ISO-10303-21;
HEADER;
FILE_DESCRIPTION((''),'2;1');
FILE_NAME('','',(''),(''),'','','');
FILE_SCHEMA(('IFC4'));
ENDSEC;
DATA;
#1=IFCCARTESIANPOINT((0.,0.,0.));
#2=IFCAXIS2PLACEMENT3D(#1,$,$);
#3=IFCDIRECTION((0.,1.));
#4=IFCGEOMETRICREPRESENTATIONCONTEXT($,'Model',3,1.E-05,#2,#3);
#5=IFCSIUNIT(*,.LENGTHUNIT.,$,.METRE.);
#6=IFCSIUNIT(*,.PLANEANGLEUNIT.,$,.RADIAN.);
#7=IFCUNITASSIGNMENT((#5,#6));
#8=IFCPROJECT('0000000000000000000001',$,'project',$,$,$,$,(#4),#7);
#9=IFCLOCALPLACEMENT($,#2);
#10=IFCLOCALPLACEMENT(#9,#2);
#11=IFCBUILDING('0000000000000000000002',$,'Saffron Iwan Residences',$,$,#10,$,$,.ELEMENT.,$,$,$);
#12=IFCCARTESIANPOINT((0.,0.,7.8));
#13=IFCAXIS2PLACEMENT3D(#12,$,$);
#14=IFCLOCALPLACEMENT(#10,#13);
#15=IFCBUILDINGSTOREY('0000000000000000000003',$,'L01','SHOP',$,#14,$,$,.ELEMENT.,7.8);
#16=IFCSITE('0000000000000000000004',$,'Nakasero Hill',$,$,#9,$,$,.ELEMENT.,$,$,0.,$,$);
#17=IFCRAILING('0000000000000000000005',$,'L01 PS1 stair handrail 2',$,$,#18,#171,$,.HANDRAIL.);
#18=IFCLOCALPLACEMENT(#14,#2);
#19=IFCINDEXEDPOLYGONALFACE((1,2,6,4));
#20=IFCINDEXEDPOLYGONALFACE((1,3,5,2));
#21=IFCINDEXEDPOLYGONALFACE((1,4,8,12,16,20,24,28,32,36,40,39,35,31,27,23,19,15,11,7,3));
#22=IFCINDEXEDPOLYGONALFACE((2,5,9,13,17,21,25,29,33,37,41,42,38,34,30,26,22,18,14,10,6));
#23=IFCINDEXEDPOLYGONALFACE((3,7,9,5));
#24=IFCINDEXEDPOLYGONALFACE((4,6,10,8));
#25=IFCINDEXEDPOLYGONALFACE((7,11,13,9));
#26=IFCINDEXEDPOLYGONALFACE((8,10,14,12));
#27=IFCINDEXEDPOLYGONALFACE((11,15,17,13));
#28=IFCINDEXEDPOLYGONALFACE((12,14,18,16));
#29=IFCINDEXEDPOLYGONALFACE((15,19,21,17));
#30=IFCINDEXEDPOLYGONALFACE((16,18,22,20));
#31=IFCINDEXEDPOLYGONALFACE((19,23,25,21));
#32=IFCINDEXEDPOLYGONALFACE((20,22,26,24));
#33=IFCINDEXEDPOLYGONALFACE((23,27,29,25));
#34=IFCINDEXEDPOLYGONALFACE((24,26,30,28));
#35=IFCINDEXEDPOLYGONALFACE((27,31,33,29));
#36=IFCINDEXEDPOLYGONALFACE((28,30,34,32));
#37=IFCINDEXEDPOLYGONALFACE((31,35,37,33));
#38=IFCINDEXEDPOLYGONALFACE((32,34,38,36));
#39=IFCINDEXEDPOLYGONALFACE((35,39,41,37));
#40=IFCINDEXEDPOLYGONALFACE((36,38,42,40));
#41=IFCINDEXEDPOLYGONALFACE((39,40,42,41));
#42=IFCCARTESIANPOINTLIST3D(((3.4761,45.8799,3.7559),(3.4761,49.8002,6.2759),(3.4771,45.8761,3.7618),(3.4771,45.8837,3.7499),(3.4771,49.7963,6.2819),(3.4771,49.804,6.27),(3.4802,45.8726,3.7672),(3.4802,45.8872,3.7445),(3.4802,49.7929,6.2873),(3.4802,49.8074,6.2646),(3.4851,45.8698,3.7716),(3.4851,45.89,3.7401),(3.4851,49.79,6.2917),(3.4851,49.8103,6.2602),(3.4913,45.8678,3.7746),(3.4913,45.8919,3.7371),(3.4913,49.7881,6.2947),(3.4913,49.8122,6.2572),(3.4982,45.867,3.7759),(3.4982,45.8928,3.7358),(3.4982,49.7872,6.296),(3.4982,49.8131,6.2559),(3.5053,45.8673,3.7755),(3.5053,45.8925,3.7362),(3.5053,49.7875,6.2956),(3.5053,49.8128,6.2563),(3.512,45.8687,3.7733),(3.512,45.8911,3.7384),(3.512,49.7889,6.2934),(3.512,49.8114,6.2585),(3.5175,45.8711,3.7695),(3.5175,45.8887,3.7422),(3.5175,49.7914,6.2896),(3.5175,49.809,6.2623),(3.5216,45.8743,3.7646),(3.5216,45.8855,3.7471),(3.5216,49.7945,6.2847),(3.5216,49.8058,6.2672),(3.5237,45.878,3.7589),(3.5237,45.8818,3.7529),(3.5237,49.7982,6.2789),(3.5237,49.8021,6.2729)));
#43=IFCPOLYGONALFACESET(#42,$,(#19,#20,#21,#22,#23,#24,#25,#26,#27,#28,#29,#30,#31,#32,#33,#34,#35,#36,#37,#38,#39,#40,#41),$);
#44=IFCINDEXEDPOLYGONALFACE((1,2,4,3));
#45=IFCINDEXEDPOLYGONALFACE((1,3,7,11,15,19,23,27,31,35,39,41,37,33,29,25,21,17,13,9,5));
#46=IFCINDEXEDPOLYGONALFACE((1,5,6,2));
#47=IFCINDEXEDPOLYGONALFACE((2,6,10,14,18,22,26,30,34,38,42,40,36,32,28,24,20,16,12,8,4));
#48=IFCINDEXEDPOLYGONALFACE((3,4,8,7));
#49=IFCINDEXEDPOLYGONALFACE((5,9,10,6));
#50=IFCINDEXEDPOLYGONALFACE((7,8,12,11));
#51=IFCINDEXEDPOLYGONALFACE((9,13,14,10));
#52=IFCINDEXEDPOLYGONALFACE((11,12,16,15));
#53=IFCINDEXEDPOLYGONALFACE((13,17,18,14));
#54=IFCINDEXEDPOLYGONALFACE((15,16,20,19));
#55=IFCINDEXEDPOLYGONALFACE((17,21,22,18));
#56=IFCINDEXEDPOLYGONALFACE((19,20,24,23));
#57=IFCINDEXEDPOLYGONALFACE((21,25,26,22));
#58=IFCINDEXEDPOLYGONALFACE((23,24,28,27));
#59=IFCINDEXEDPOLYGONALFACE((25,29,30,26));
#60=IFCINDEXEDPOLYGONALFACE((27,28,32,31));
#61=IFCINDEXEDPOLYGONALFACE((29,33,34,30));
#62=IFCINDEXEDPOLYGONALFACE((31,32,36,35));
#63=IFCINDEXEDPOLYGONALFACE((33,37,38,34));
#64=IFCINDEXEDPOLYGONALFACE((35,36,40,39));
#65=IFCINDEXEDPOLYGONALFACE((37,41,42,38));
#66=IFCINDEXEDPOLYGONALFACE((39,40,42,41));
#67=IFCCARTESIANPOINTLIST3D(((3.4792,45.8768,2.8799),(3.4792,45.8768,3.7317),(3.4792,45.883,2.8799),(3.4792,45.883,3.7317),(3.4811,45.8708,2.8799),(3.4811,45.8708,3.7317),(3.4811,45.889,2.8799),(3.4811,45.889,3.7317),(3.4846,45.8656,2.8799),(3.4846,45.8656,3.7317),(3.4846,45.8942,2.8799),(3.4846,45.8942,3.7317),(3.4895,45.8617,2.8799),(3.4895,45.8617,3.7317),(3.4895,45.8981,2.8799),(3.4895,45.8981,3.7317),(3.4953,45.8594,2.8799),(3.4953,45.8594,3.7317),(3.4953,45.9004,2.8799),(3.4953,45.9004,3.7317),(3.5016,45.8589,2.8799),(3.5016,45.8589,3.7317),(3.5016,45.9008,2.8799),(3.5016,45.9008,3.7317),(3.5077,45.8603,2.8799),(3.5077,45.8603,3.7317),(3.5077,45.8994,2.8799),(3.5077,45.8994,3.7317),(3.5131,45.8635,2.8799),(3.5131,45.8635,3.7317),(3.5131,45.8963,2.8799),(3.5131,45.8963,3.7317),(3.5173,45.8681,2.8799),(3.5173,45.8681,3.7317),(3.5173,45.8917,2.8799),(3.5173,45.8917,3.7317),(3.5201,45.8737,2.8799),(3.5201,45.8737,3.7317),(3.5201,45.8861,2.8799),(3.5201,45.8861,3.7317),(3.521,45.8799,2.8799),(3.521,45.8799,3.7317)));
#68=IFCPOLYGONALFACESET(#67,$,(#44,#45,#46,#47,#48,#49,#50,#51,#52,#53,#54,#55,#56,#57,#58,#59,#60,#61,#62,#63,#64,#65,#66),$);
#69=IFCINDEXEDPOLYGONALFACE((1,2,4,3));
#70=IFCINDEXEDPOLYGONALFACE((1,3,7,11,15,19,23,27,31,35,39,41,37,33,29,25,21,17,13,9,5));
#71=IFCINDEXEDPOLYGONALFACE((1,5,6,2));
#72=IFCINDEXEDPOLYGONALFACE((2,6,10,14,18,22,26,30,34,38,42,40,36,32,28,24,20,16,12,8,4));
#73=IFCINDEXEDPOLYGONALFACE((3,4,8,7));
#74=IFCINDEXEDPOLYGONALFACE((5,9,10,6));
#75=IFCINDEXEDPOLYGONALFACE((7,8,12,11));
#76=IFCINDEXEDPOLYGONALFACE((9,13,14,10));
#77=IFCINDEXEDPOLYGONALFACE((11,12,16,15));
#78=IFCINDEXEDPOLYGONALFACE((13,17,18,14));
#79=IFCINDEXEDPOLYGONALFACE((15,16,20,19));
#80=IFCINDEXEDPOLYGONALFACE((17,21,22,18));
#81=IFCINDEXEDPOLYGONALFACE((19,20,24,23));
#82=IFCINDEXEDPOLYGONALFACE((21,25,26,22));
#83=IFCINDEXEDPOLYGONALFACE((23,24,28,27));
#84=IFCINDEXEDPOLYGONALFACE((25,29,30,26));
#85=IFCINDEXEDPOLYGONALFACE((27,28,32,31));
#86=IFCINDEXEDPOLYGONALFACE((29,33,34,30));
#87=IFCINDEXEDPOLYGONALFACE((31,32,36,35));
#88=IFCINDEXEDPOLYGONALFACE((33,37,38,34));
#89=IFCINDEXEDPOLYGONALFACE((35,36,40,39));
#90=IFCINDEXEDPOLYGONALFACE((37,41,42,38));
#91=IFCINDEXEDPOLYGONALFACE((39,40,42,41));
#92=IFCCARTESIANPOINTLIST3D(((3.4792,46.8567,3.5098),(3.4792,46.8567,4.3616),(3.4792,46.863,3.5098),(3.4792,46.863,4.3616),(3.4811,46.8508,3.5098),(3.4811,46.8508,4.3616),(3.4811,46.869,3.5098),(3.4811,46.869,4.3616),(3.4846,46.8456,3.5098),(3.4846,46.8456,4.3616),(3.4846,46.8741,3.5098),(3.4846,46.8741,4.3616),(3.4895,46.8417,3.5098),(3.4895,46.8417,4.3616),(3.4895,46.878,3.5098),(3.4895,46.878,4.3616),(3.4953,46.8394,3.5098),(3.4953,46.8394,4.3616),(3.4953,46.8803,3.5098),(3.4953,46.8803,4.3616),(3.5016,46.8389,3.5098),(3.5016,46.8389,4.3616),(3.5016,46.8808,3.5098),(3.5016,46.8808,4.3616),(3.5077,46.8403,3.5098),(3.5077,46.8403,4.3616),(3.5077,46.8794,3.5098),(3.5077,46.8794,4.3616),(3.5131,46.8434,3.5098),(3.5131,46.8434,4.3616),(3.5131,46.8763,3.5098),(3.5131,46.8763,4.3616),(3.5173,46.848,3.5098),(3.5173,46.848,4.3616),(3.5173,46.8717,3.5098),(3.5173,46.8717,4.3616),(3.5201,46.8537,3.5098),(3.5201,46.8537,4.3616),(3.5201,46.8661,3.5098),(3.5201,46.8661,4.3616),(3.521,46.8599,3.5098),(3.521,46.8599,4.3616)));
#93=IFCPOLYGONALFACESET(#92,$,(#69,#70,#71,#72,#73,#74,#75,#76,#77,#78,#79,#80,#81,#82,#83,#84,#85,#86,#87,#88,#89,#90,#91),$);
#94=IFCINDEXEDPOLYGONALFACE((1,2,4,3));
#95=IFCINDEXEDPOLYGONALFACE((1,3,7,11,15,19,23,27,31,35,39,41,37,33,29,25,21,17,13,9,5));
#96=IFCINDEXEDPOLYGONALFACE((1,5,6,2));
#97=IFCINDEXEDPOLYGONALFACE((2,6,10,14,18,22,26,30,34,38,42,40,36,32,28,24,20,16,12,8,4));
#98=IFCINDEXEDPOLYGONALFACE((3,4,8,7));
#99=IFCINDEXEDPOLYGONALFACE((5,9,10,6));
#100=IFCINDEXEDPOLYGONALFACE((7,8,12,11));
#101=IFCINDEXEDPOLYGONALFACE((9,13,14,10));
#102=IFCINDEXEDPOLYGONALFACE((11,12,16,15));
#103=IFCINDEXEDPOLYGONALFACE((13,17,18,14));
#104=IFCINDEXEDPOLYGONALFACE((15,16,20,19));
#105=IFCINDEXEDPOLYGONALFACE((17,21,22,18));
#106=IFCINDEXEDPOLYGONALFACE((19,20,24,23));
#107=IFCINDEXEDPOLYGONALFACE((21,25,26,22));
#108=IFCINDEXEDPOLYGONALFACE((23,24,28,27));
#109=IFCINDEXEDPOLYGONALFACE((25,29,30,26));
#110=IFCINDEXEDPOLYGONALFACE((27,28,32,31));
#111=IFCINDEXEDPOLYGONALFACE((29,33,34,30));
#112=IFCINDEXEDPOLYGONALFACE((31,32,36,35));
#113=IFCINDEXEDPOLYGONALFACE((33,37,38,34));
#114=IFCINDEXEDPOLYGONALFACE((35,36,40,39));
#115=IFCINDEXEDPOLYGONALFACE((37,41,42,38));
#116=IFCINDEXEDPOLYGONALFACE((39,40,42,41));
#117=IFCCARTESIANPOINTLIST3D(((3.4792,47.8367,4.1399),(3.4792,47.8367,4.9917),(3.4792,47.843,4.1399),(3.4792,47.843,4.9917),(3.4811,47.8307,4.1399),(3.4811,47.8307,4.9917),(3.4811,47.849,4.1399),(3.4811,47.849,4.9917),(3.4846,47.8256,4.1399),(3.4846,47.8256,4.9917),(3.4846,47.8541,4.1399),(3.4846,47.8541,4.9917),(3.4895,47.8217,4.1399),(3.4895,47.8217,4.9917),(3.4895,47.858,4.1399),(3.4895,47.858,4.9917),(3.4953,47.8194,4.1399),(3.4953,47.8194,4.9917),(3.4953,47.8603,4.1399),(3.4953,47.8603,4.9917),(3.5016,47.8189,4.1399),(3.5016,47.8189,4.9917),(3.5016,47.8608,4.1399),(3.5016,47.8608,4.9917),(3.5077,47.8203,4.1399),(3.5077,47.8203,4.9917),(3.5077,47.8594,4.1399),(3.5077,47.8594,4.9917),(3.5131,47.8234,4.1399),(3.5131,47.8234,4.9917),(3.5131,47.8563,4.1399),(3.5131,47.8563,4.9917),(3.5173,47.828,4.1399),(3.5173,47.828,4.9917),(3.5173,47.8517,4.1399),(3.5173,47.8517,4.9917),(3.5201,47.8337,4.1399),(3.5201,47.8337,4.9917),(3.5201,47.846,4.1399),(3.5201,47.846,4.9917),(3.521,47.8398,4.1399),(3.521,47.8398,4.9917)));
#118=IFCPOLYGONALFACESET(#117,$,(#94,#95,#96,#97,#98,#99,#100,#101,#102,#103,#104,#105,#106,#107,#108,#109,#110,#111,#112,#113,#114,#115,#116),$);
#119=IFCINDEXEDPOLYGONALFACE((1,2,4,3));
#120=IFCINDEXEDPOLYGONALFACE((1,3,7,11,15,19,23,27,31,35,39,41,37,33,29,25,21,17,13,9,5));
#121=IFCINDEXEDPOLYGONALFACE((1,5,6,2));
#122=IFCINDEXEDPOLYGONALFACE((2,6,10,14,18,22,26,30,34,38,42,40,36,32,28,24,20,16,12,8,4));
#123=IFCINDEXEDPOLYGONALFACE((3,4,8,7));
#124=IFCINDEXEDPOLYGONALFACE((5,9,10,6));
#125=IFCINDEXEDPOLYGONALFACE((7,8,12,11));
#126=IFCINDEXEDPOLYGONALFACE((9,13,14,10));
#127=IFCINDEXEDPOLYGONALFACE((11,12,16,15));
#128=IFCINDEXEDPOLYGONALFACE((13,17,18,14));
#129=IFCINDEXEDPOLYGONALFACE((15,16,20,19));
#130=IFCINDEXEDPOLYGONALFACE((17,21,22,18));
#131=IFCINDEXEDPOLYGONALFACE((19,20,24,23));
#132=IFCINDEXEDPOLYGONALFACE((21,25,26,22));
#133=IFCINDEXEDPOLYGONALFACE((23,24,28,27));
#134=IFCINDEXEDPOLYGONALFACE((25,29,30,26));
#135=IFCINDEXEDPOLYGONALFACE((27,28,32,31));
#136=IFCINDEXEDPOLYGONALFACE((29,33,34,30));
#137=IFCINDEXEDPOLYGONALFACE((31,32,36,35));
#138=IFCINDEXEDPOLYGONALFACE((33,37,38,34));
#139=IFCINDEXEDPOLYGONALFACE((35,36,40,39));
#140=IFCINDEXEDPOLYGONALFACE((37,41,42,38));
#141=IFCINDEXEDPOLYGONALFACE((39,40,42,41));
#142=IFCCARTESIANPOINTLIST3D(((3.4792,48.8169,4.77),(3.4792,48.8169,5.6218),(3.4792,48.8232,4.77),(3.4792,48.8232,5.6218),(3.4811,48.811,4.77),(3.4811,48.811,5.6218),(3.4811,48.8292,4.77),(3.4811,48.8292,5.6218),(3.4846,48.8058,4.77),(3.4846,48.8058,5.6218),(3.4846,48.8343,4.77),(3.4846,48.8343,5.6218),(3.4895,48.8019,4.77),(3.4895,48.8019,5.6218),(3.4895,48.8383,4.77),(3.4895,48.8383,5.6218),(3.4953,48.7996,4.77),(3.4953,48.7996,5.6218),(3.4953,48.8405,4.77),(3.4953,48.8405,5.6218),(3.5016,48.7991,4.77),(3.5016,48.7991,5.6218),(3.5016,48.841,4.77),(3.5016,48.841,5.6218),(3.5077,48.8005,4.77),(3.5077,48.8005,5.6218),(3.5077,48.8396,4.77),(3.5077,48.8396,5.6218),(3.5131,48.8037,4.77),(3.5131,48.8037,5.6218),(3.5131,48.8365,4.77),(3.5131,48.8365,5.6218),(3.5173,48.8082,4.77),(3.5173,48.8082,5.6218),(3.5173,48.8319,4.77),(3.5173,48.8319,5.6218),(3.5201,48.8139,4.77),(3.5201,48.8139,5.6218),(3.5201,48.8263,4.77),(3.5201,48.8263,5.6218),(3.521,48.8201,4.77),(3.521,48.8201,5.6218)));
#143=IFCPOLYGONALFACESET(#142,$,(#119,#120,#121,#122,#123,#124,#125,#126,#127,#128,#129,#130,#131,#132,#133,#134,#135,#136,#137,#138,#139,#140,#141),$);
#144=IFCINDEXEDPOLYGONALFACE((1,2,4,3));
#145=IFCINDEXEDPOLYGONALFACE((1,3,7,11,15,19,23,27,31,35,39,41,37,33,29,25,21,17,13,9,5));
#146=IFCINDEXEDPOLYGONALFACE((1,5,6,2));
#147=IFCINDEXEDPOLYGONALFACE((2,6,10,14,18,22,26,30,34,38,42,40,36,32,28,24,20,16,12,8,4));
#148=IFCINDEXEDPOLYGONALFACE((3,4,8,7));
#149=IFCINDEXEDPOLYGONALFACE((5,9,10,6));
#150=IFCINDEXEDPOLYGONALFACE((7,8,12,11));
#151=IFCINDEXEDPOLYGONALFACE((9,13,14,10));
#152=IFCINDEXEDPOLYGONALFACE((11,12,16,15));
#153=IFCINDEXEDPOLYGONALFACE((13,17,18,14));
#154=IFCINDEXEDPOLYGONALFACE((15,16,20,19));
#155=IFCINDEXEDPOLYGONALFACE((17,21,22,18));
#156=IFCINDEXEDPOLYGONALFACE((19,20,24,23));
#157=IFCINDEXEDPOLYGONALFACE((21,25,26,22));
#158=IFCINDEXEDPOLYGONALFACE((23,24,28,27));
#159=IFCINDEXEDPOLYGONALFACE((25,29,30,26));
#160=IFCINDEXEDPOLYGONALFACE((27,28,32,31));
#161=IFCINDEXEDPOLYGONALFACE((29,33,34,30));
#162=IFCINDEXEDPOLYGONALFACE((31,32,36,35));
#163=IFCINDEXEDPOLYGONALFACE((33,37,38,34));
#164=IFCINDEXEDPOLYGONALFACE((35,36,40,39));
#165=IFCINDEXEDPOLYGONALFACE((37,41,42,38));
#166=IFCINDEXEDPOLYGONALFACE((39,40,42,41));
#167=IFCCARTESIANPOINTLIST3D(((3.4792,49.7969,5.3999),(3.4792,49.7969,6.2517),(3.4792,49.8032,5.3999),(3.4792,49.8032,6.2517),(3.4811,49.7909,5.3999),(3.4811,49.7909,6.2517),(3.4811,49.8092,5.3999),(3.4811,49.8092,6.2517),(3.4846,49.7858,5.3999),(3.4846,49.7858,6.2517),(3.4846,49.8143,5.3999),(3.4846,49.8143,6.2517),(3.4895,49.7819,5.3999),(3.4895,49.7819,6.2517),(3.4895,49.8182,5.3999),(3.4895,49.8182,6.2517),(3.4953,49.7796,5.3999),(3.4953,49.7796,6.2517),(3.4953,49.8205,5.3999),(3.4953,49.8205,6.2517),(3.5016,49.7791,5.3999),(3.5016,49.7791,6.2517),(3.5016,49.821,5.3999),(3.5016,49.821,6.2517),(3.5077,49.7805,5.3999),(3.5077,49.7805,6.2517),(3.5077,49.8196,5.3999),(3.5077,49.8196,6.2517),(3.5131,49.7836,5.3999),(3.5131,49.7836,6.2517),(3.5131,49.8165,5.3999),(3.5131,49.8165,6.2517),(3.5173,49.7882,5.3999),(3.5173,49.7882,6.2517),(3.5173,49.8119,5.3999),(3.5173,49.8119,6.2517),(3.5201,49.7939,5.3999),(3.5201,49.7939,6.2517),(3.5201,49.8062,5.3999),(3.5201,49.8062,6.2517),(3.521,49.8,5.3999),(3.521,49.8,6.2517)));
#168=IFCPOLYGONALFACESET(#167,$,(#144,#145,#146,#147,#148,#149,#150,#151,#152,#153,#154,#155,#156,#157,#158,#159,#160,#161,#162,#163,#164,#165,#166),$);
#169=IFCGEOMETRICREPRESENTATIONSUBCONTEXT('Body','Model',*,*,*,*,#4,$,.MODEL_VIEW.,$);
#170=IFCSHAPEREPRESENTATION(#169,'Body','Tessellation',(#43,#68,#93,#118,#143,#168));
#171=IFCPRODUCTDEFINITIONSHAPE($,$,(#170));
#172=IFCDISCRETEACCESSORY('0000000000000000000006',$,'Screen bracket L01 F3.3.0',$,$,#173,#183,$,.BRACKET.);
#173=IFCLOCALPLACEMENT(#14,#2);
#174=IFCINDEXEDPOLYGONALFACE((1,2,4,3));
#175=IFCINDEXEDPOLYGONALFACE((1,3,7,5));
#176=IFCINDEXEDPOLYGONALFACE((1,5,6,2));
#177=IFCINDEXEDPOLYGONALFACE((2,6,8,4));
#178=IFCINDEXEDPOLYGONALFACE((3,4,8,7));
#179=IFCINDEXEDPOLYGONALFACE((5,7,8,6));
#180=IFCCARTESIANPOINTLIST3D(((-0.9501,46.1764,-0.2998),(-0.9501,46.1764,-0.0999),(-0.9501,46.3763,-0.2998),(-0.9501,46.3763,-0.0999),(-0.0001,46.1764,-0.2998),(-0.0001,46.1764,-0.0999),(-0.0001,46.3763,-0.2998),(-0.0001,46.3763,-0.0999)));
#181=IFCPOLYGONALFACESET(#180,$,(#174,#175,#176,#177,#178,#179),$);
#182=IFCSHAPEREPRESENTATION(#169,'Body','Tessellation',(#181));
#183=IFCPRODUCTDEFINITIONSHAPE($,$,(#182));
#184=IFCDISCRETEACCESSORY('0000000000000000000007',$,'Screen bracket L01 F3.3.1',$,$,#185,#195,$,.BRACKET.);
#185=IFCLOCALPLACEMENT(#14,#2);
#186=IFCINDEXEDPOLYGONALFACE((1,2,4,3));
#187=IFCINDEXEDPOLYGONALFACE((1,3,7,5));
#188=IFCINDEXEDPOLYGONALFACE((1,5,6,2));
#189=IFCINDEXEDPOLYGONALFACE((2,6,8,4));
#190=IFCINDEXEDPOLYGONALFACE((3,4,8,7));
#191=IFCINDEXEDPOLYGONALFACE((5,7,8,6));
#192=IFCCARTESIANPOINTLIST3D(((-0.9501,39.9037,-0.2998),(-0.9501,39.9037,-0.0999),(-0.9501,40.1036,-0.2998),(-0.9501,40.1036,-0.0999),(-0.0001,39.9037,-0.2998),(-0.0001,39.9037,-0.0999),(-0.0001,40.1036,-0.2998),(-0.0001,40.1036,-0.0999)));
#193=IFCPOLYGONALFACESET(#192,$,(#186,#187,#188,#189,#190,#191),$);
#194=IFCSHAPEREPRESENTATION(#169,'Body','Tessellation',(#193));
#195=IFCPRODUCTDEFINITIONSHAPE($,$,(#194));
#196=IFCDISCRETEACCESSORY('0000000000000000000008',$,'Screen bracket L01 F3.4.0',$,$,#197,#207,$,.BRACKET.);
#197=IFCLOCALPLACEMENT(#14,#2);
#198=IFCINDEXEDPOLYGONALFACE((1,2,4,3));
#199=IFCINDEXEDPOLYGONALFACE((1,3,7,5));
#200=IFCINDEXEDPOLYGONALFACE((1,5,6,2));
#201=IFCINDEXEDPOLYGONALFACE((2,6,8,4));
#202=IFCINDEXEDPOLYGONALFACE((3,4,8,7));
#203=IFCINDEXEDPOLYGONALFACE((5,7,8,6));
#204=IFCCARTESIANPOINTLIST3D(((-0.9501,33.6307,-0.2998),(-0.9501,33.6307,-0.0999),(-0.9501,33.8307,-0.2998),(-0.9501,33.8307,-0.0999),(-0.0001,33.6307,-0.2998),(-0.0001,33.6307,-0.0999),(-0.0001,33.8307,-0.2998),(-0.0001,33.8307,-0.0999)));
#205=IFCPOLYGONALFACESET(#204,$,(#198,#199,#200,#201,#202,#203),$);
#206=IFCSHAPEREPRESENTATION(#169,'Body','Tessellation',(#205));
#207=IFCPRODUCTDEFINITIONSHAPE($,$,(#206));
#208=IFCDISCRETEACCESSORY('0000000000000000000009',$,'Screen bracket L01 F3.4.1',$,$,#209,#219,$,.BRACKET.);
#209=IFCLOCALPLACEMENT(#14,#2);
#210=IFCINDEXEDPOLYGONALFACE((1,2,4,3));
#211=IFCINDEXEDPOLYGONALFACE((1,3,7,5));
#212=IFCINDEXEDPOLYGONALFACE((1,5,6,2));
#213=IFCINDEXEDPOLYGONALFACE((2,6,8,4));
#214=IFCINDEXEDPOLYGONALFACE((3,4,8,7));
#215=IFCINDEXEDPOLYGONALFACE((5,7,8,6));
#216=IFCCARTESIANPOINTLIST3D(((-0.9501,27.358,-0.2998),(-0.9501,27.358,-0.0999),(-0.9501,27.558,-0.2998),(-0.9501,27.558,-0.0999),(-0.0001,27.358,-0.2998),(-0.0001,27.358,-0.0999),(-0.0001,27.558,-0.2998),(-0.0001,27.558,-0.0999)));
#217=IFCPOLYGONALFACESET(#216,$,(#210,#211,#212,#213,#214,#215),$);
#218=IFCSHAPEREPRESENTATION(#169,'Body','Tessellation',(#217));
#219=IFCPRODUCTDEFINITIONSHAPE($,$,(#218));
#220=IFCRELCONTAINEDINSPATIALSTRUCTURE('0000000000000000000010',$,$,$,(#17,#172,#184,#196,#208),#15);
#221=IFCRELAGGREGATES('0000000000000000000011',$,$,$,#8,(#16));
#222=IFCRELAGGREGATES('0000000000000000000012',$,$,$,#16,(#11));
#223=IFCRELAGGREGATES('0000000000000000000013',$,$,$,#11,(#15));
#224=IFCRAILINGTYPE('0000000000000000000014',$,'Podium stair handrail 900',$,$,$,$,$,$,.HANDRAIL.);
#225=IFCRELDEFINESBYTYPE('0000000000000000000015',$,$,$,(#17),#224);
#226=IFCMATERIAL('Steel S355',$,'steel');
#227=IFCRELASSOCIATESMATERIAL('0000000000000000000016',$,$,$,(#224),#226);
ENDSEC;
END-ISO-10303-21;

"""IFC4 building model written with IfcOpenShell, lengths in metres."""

from ifc_helpers import new_model, si_unit, direction, frame, origin, origin_2d, place, context, subcontext, project, spatial, rectangle, circle, extrude, source, transform, mapped, material, type_object, element, save


model = new_model("IFC4")

# Units and contexts
model_context = context("Model", 3, precision=1e-05, world=origin(), true_north=direction((0.0, 1.0)))
body_context = subcontext(model_context, "Body", "Model", "MODEL_VIEW")
ifc_project = project(units=[si_unit("LENGTHUNIT", "METRE"), si_unit("PLANEANGLEUNIT", "RADIAN")], contexts=[model_context])

# Site, building, storey
site_placement = place(None, origin())
site = spatial("IfcSite", under=ifc_project, at=site_placement, Name="Nakasero Hill", CompositionType="ELEMENT", RefElevation=0.0)
building_placement = place(site_placement, origin())
building = spatial("IfcBuilding", under=site, at=building_placement, Name="Saffron Iwan Residences", CompositionType="ELEMENT")
storey_placement = place(building_placement, frame((0.0, 0.0, 7.8)))
storey = spatial("IfcBuildingStorey", under=building, at=storey_placement, Name="L01", Description="SHOP", CompositionType="ELEMENT", Elevation=7.8)

# Railing
ifc_material_1 = material(Name="Steel S355", Category="steel")
railing_type_1 = type_object("IfcRailingType", Name="Podium stair handrail 900", PredefinedType="HANDRAIL", material=ifc_material_1)
railing_1_placement = place(storey_placement, frame((3.5, 45.8799, 2.8799)))
element("IfcRailing", 1, at=railing_1_placement, inside=storey, type_object=railing_type_1, Name="L01 PS1 stair handrail 2", PredefinedType="HANDRAIL", context=body_context, shape_type="SweptSolid", body=[
    extrude(circle(Radius=0.0239, at=origin_2d()), frame((0.0, 0.0, 0.876), z_axis=(0.0, 0.841187, 0.540744), x_axis=(-1.0, 0.0, 0.0)), (0.0, 0.0, 1.0), 4.6604),
    extrude(circle(Radius=0.021, at=origin_2d()), origin(), (0.0, 0.0, 1.0), 0.8518),
    extrude(circle(Radius=0.021, at=origin_2d()), frame((0.0, 0.98, 0.6299)), (0.0, 0.0, 1.0), 0.8518),
    extrude(circle(Radius=0.021, at=origin_2d()), frame((0.0, 1.96, 1.26)), (0.0, 0.0, 1.0), 0.8518),
    extrude(circle(Radius=0.021, at=origin_2d()), frame((0.0, 2.9402, 1.8901)), (0.0, 0.0, 1.0), 0.8518),
    extrude(circle(Radius=0.021, at=origin_2d()), frame((0.0, 3.9202, 2.52)), (0.0, 0.0, 1.0), 0.8518),
])

# Discrete accessories
shared_shape_1 = source(origin(), body_context, "Body", "SweptSolid", [
    extrude(rectangle(XDim=0.95, YDim=0.2, at=origin_2d()), origin(), (0.0, 0.0, 1.0), 0.2),
])
for number, where, z_axis, x_axis, name in (
    (2, (-0.4751, 46.2764, -0.2998), (0.0, 0.0, 1.0), (-1.0, 0.0, 0.0), "Screen bracket L01 F3.3.0"),
    (3, (-0.4751, 40.0037, -0.2998), (0.0, 0.0, 1.0), (-1.0, 0.0, 0.0), "Screen bracket L01 F3.3.1"),
    (4, (-0.4751, 33.7307, -0.2998), (0.0, 0.0, 1.0), (-1.0, 0.0, 0.0), "Screen bracket L01 F3.4.0"),
    (5, (-0.4751, 27.458, -0.2998), (0.0, 0.0, 1.0), (-1.0, 0.0, 0.0), "Screen bracket L01 F3.4.1"),
):
    element("IfcDiscreteAccessory", number, at=place(storey_placement, frame(where, z_axis=z_axis, x_axis=x_axis)), inside=storey, Name=name, PredefinedType="BRACKET", context=body_context, shape_type="MappedRepresentation", body=[
        mapped(shared_shape_1, transform((0.0, 0.0, 0.0))),
    ])

save(model, "model.ifc")
